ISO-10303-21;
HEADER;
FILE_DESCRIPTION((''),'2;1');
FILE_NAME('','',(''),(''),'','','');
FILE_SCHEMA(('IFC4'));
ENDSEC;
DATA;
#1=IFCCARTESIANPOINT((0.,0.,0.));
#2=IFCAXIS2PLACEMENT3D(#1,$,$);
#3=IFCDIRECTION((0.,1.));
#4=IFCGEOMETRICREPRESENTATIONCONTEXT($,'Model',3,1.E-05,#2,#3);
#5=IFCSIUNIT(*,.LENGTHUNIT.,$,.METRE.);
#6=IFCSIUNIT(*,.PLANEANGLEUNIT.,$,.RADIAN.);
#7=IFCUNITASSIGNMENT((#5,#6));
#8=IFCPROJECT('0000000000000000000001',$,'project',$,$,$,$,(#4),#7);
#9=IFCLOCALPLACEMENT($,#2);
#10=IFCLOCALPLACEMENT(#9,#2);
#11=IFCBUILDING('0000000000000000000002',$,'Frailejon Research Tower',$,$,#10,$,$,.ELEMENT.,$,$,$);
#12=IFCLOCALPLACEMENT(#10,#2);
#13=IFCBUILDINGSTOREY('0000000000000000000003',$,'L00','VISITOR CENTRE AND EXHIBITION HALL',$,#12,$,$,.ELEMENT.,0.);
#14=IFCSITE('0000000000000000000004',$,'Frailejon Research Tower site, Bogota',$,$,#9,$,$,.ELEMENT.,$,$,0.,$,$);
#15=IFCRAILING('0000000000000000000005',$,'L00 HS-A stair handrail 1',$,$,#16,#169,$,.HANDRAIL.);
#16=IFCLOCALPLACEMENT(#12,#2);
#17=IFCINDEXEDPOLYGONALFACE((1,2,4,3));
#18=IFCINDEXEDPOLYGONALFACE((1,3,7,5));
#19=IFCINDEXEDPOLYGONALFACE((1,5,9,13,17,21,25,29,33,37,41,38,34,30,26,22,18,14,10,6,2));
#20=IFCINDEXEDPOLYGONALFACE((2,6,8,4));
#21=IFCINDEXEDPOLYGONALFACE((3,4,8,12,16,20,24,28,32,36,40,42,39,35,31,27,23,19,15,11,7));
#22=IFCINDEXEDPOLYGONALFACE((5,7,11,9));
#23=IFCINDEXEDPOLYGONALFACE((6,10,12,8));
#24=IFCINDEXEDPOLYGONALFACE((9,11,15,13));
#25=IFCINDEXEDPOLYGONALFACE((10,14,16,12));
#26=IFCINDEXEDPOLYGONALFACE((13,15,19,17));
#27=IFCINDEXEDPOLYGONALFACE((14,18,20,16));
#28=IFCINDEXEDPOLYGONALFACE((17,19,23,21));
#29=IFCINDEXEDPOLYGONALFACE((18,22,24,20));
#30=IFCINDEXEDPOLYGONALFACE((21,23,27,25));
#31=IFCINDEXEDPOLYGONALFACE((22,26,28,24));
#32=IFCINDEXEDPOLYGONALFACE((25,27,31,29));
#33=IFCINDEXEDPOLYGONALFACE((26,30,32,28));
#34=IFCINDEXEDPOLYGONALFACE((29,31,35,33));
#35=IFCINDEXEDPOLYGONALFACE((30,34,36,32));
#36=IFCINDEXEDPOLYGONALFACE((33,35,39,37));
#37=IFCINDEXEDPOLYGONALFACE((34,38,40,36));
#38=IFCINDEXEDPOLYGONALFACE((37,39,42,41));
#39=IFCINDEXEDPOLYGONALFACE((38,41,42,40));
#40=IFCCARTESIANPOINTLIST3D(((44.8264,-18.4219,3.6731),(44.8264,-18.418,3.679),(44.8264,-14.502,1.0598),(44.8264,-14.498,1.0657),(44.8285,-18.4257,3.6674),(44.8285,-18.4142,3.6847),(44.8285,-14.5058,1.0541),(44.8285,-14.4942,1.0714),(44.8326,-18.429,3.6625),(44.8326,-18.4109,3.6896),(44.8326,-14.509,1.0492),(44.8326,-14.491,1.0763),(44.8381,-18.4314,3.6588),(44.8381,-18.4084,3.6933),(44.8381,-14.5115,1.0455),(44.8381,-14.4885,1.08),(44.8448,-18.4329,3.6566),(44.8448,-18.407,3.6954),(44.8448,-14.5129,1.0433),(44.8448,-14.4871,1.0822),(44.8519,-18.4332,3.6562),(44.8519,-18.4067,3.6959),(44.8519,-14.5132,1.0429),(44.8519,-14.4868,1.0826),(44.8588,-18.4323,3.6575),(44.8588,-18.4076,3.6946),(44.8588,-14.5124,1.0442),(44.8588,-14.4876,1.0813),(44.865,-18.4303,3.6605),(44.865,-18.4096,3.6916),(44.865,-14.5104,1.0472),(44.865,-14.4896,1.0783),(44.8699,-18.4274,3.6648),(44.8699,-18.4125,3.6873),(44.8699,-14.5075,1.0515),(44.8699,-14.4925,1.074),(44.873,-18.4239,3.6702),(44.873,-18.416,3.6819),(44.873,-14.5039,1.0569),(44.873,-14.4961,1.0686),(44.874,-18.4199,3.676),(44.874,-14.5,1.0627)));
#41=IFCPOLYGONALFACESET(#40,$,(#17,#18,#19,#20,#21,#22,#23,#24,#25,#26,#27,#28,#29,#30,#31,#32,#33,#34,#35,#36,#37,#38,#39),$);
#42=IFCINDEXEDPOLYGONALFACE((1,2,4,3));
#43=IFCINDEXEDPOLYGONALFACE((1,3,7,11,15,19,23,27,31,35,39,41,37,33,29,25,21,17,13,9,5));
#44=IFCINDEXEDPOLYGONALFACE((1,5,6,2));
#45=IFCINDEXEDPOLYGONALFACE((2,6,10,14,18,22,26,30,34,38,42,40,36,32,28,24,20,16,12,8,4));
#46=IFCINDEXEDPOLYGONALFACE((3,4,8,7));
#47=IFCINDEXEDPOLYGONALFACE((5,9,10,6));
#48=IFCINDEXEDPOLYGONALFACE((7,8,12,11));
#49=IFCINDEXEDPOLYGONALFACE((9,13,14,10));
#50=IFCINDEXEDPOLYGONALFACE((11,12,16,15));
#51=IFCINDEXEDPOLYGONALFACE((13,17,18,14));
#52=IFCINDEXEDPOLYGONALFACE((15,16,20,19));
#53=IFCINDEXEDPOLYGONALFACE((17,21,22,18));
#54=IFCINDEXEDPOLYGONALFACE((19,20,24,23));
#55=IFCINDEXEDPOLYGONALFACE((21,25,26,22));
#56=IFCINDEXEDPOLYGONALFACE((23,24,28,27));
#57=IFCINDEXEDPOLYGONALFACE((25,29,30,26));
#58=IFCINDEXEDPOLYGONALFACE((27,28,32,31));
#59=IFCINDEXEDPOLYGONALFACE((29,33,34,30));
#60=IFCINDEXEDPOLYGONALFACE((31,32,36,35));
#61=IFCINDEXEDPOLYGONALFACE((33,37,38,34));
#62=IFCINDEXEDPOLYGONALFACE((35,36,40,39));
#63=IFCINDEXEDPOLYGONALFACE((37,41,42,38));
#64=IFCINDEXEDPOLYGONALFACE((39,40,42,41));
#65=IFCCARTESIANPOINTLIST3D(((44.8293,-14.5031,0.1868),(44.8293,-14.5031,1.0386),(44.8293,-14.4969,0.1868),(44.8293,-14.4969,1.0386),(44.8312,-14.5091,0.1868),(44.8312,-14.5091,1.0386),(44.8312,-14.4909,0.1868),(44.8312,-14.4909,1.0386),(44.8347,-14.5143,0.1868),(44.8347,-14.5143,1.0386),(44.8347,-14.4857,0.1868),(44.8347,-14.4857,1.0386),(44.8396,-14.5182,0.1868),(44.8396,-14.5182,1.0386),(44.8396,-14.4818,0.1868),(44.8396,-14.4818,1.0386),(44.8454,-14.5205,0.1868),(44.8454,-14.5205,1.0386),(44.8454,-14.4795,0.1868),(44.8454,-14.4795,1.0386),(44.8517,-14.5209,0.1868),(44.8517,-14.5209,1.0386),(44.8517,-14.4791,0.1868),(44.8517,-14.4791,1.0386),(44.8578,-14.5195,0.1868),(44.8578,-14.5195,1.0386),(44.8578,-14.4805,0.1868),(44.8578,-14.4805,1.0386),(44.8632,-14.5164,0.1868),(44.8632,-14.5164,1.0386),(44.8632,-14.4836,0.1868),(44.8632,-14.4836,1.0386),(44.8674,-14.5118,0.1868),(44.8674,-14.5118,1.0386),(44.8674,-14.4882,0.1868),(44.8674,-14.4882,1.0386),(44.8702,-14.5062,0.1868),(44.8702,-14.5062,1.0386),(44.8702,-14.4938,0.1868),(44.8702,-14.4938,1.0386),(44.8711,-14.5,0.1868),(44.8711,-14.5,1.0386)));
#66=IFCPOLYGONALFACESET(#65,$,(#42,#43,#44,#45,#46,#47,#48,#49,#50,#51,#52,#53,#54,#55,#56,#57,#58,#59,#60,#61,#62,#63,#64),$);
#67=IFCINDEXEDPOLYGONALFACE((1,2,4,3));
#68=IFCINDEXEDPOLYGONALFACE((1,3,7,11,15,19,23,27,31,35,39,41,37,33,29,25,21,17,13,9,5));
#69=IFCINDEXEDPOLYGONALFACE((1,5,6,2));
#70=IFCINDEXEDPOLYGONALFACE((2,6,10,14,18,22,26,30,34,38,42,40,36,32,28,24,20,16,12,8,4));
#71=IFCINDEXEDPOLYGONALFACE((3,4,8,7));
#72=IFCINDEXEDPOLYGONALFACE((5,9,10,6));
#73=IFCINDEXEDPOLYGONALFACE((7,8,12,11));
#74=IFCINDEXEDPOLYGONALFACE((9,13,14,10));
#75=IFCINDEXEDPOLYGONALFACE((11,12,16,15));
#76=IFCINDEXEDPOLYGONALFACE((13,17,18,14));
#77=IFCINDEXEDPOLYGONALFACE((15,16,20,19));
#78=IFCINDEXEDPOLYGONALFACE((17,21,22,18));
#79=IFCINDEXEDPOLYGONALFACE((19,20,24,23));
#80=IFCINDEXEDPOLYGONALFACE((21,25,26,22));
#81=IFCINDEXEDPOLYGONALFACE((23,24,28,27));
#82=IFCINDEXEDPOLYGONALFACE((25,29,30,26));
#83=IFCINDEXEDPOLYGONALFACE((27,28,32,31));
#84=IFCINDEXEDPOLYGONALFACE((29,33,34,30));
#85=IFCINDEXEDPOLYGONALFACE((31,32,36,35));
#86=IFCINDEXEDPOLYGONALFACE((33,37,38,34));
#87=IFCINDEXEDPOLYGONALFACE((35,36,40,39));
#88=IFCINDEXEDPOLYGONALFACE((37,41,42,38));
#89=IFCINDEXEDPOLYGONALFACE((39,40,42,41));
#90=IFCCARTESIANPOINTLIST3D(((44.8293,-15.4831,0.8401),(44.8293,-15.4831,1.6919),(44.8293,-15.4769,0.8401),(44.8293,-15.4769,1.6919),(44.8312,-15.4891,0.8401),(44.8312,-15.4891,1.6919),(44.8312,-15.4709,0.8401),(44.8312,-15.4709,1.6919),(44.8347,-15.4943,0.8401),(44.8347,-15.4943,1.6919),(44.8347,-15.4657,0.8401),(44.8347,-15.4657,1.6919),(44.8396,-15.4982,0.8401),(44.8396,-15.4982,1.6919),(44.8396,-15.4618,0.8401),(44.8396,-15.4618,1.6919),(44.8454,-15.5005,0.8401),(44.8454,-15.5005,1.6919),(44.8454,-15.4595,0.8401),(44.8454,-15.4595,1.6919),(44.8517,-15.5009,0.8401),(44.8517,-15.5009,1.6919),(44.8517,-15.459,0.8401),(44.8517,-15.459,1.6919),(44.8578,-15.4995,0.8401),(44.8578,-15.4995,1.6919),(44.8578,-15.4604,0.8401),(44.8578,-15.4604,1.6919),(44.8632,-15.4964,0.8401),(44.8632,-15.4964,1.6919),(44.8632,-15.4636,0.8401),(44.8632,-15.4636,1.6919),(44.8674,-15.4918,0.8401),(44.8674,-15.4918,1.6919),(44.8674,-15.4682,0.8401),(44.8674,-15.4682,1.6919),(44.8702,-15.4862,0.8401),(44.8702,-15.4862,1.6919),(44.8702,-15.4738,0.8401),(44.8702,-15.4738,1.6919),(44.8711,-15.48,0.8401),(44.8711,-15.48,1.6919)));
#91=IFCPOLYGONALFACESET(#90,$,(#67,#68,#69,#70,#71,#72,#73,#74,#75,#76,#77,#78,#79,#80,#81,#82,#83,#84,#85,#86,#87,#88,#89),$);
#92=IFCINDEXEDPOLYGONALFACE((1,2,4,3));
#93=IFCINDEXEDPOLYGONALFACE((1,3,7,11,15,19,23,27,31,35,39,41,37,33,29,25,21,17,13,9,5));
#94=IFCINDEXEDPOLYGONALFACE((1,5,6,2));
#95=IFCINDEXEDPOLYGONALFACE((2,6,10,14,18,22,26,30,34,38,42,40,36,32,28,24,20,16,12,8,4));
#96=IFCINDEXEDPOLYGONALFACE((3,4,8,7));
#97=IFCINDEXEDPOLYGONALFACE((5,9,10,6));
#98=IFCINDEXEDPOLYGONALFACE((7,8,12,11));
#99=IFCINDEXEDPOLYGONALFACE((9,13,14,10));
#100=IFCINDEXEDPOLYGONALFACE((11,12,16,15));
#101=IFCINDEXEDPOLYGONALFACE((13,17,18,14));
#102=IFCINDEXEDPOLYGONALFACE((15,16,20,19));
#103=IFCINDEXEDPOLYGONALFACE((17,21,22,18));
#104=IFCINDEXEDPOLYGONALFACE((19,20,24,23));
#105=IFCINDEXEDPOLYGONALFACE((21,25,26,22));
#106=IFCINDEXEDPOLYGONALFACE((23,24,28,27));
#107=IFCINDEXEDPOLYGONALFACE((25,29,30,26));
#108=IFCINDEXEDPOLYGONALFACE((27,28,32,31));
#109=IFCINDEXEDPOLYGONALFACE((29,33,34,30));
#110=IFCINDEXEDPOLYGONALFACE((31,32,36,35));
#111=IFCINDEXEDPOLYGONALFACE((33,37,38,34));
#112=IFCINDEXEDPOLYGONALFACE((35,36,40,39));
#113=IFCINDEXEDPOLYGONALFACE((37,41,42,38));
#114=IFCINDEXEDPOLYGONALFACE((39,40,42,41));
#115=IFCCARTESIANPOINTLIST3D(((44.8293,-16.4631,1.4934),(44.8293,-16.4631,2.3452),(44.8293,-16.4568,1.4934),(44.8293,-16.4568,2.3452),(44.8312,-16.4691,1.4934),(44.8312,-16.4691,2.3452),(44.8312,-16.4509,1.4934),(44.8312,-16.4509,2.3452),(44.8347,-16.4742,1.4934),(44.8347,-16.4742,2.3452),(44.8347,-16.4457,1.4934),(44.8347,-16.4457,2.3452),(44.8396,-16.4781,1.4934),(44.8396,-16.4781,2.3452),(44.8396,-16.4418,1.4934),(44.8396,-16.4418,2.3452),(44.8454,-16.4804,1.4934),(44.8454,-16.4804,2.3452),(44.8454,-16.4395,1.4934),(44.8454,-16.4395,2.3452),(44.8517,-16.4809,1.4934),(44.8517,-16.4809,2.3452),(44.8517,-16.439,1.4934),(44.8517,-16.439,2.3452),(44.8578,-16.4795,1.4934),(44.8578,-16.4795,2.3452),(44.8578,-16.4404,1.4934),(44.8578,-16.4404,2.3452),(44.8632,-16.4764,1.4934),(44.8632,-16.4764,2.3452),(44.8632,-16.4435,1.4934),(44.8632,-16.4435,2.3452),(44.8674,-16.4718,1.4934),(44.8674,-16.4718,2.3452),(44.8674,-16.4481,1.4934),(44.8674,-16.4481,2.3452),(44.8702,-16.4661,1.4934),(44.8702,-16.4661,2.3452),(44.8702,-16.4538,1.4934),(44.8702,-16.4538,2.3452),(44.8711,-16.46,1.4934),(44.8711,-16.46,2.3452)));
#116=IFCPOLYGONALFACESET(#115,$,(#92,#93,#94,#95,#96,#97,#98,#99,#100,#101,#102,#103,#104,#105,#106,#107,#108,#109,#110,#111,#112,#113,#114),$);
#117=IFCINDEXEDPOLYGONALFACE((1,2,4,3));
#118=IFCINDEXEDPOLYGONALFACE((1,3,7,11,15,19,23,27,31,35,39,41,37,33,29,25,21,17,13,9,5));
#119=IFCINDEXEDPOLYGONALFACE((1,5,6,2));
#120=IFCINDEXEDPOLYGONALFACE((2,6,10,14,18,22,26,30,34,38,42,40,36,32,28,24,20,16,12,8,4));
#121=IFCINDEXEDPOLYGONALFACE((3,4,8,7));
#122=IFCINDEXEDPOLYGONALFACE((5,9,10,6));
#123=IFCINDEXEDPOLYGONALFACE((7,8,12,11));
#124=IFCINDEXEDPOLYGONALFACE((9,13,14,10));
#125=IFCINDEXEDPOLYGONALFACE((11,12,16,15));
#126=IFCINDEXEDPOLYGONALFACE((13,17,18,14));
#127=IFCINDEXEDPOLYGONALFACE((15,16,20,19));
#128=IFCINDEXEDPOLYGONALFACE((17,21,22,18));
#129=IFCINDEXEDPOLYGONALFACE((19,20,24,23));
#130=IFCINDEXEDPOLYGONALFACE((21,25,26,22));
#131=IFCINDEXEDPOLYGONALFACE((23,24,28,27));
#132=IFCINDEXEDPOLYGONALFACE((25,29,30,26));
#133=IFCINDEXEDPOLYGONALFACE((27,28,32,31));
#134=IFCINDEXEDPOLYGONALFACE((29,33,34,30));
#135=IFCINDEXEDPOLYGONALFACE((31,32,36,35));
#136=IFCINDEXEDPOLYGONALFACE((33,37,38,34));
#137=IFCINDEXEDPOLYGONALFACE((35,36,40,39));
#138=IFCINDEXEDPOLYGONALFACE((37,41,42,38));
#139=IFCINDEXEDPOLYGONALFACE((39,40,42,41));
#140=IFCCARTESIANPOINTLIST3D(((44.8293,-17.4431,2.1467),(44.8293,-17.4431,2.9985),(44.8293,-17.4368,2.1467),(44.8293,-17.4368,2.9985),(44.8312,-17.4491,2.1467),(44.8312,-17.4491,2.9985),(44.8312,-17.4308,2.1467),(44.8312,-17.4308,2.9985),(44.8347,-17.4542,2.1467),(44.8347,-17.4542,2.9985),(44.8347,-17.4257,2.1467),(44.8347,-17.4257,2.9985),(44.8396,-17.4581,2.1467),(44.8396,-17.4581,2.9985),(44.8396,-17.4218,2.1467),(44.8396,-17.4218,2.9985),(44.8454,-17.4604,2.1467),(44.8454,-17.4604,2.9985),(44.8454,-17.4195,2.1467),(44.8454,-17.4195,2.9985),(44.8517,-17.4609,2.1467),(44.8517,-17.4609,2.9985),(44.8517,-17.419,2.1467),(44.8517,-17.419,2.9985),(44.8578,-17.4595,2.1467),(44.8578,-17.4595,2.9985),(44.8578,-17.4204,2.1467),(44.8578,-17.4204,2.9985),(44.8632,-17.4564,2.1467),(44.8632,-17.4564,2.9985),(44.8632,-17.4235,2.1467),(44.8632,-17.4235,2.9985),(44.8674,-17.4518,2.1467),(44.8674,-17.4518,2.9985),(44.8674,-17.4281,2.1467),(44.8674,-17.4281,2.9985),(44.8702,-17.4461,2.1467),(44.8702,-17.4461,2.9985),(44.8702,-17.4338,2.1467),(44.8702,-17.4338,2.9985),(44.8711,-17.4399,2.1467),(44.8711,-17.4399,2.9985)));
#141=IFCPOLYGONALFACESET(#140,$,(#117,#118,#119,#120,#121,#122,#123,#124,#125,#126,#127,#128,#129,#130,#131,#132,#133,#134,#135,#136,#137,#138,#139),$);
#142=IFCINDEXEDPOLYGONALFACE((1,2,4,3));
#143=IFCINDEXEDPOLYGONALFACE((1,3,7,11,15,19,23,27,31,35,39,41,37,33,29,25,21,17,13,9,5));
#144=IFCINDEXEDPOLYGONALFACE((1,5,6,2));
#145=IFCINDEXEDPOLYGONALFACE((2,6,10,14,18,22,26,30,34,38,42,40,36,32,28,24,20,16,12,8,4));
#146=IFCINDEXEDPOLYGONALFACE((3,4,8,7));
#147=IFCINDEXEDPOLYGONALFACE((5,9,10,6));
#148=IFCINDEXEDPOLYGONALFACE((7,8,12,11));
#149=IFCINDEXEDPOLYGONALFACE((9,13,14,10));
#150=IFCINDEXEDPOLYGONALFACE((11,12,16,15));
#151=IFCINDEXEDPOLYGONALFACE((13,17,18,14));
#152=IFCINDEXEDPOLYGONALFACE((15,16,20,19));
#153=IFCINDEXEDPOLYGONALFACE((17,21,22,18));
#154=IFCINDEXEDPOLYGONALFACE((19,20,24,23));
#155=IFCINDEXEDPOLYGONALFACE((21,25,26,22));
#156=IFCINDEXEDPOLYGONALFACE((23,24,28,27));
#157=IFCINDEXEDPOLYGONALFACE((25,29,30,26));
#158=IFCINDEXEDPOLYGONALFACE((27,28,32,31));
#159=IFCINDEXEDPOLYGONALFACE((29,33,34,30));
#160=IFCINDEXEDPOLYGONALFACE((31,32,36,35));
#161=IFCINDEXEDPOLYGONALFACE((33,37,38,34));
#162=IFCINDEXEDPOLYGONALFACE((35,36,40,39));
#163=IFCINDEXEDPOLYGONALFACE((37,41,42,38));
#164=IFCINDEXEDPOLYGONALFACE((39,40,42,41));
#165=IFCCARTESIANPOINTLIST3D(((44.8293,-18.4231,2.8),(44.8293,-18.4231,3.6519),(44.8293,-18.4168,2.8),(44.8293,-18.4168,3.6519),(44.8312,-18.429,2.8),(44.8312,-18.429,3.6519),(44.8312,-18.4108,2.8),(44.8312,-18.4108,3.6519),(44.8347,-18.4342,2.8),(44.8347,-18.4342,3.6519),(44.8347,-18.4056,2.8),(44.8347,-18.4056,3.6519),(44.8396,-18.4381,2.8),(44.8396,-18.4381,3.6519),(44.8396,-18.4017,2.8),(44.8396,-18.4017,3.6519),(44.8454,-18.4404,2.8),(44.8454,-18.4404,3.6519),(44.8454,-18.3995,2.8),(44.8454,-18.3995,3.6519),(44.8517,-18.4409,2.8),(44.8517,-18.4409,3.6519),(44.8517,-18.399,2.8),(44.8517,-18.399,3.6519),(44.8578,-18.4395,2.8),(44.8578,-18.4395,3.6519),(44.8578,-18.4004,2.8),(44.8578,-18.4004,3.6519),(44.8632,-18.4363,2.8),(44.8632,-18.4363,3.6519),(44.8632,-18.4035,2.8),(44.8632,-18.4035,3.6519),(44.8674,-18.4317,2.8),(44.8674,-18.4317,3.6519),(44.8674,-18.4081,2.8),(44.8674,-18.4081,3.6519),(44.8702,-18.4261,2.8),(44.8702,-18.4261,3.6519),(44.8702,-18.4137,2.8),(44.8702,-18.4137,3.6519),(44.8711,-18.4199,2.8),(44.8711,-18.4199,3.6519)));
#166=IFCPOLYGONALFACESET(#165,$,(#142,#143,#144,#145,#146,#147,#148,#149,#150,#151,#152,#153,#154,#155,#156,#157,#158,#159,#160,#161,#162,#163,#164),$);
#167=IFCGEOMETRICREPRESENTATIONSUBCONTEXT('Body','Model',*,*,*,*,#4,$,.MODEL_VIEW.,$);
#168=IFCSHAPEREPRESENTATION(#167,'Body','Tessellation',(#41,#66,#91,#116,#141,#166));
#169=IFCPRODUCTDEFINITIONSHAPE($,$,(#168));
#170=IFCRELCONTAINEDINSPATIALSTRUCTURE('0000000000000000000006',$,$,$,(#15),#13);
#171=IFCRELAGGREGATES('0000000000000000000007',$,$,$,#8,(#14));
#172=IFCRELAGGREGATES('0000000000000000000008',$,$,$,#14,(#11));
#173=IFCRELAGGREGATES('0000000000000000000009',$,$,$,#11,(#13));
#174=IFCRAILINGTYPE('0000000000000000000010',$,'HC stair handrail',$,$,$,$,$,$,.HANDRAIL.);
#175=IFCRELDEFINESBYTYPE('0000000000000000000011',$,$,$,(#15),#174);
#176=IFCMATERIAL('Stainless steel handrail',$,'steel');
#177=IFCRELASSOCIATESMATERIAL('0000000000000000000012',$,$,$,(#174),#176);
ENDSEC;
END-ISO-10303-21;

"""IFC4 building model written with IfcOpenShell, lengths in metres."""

from ifc_helpers import new_model, si_unit, direction, frame, origin, origin_2d, place, context, subcontext, project, spatial, circle, extrude, material, type_object, element, save


model = new_model("IFC4")

# Units and contexts
model_context = context("Model", 3, precision=1e-05, world=origin(), true_north=direction((0.0, 1.0)))
body_context = subcontext(model_context, "Body", "Model", "MODEL_VIEW")
ifc_project = project(units=[si_unit("LENGTHUNIT", "METRE"), si_unit("PLANEANGLEUNIT", "RADIAN")], contexts=[model_context])

# Site, building, storey
site_placement = place(None, origin())
site = spatial("IfcSite", under=ifc_project, at=site_placement, Name="Frailejon Research Tower site, Bogota", CompositionType="ELEMENT", RefElevation=0.0)
building_placement = place(site_placement, origin())
building = spatial("IfcBuilding", under=site, at=building_placement, Name="Frailejon Research Tower", CompositionType="ELEMENT")
storey_placement = place(building_placement, origin())
storey = spatial("IfcBuildingStorey", under=building, at=storey_placement, Name="L00", Description="VISITOR CENTRE AND EXHIBITION HALL", CompositionType="ELEMENT", Elevation=0.0)

# Railing
ifc_material_1 = material(Name="Stainless steel handrail", Category="steel")
railing_type_1 = type_object("IfcRailingType", Name="HC stair handrail", PredefinedType="HANDRAIL", material=ifc_material_1)
railing_1_placement = place(storey_placement, frame((44.8501, -14.5, 0.1868)))
element("IfcRailing", 1, at=railing_1_placement, inside=storey, type_object=railing_type_1, Name="L00 HS-A stair handrail 1", PredefinedType="HANDRAIL", context=body_context, shape_type="SweptSolid", body=[
    extrude(circle(Radius=0.0239, at=origin_2d()), frame((0.0, 0.0, 0.876), z_axis=(0.0, -0.83205, 0.5547), x_axis=(1.0, 0.0, 0.0)), (0.0, 0.0, 1.0), 4.7112),
    extrude(circle(Radius=0.021, at=origin_2d()), origin(), (0.0, 0.0, 1.0), 0.8518),
    extrude(circle(Radius=0.021, at=origin_2d()), frame((0.0, -0.98, 0.6533)), (0.0, 0.0, 1.0), 0.8518),
    extrude(circle(Radius=0.021, at=origin_2d()), frame((0.0, -1.96, 1.3066)), (0.0, 0.0, 1.0), 0.8518),
    extrude(circle(Radius=0.021, at=origin_2d()), frame((0.0, -2.9399, 1.96)), (0.0, 0.0, 1.0), 0.8518),
    extrude(circle(Radius=0.021, at=origin_2d()), frame((0.0, -3.9199, 2.6133)), (0.0, 0.0, 1.0), 0.8518),
])

save(model, "model.ifc")
